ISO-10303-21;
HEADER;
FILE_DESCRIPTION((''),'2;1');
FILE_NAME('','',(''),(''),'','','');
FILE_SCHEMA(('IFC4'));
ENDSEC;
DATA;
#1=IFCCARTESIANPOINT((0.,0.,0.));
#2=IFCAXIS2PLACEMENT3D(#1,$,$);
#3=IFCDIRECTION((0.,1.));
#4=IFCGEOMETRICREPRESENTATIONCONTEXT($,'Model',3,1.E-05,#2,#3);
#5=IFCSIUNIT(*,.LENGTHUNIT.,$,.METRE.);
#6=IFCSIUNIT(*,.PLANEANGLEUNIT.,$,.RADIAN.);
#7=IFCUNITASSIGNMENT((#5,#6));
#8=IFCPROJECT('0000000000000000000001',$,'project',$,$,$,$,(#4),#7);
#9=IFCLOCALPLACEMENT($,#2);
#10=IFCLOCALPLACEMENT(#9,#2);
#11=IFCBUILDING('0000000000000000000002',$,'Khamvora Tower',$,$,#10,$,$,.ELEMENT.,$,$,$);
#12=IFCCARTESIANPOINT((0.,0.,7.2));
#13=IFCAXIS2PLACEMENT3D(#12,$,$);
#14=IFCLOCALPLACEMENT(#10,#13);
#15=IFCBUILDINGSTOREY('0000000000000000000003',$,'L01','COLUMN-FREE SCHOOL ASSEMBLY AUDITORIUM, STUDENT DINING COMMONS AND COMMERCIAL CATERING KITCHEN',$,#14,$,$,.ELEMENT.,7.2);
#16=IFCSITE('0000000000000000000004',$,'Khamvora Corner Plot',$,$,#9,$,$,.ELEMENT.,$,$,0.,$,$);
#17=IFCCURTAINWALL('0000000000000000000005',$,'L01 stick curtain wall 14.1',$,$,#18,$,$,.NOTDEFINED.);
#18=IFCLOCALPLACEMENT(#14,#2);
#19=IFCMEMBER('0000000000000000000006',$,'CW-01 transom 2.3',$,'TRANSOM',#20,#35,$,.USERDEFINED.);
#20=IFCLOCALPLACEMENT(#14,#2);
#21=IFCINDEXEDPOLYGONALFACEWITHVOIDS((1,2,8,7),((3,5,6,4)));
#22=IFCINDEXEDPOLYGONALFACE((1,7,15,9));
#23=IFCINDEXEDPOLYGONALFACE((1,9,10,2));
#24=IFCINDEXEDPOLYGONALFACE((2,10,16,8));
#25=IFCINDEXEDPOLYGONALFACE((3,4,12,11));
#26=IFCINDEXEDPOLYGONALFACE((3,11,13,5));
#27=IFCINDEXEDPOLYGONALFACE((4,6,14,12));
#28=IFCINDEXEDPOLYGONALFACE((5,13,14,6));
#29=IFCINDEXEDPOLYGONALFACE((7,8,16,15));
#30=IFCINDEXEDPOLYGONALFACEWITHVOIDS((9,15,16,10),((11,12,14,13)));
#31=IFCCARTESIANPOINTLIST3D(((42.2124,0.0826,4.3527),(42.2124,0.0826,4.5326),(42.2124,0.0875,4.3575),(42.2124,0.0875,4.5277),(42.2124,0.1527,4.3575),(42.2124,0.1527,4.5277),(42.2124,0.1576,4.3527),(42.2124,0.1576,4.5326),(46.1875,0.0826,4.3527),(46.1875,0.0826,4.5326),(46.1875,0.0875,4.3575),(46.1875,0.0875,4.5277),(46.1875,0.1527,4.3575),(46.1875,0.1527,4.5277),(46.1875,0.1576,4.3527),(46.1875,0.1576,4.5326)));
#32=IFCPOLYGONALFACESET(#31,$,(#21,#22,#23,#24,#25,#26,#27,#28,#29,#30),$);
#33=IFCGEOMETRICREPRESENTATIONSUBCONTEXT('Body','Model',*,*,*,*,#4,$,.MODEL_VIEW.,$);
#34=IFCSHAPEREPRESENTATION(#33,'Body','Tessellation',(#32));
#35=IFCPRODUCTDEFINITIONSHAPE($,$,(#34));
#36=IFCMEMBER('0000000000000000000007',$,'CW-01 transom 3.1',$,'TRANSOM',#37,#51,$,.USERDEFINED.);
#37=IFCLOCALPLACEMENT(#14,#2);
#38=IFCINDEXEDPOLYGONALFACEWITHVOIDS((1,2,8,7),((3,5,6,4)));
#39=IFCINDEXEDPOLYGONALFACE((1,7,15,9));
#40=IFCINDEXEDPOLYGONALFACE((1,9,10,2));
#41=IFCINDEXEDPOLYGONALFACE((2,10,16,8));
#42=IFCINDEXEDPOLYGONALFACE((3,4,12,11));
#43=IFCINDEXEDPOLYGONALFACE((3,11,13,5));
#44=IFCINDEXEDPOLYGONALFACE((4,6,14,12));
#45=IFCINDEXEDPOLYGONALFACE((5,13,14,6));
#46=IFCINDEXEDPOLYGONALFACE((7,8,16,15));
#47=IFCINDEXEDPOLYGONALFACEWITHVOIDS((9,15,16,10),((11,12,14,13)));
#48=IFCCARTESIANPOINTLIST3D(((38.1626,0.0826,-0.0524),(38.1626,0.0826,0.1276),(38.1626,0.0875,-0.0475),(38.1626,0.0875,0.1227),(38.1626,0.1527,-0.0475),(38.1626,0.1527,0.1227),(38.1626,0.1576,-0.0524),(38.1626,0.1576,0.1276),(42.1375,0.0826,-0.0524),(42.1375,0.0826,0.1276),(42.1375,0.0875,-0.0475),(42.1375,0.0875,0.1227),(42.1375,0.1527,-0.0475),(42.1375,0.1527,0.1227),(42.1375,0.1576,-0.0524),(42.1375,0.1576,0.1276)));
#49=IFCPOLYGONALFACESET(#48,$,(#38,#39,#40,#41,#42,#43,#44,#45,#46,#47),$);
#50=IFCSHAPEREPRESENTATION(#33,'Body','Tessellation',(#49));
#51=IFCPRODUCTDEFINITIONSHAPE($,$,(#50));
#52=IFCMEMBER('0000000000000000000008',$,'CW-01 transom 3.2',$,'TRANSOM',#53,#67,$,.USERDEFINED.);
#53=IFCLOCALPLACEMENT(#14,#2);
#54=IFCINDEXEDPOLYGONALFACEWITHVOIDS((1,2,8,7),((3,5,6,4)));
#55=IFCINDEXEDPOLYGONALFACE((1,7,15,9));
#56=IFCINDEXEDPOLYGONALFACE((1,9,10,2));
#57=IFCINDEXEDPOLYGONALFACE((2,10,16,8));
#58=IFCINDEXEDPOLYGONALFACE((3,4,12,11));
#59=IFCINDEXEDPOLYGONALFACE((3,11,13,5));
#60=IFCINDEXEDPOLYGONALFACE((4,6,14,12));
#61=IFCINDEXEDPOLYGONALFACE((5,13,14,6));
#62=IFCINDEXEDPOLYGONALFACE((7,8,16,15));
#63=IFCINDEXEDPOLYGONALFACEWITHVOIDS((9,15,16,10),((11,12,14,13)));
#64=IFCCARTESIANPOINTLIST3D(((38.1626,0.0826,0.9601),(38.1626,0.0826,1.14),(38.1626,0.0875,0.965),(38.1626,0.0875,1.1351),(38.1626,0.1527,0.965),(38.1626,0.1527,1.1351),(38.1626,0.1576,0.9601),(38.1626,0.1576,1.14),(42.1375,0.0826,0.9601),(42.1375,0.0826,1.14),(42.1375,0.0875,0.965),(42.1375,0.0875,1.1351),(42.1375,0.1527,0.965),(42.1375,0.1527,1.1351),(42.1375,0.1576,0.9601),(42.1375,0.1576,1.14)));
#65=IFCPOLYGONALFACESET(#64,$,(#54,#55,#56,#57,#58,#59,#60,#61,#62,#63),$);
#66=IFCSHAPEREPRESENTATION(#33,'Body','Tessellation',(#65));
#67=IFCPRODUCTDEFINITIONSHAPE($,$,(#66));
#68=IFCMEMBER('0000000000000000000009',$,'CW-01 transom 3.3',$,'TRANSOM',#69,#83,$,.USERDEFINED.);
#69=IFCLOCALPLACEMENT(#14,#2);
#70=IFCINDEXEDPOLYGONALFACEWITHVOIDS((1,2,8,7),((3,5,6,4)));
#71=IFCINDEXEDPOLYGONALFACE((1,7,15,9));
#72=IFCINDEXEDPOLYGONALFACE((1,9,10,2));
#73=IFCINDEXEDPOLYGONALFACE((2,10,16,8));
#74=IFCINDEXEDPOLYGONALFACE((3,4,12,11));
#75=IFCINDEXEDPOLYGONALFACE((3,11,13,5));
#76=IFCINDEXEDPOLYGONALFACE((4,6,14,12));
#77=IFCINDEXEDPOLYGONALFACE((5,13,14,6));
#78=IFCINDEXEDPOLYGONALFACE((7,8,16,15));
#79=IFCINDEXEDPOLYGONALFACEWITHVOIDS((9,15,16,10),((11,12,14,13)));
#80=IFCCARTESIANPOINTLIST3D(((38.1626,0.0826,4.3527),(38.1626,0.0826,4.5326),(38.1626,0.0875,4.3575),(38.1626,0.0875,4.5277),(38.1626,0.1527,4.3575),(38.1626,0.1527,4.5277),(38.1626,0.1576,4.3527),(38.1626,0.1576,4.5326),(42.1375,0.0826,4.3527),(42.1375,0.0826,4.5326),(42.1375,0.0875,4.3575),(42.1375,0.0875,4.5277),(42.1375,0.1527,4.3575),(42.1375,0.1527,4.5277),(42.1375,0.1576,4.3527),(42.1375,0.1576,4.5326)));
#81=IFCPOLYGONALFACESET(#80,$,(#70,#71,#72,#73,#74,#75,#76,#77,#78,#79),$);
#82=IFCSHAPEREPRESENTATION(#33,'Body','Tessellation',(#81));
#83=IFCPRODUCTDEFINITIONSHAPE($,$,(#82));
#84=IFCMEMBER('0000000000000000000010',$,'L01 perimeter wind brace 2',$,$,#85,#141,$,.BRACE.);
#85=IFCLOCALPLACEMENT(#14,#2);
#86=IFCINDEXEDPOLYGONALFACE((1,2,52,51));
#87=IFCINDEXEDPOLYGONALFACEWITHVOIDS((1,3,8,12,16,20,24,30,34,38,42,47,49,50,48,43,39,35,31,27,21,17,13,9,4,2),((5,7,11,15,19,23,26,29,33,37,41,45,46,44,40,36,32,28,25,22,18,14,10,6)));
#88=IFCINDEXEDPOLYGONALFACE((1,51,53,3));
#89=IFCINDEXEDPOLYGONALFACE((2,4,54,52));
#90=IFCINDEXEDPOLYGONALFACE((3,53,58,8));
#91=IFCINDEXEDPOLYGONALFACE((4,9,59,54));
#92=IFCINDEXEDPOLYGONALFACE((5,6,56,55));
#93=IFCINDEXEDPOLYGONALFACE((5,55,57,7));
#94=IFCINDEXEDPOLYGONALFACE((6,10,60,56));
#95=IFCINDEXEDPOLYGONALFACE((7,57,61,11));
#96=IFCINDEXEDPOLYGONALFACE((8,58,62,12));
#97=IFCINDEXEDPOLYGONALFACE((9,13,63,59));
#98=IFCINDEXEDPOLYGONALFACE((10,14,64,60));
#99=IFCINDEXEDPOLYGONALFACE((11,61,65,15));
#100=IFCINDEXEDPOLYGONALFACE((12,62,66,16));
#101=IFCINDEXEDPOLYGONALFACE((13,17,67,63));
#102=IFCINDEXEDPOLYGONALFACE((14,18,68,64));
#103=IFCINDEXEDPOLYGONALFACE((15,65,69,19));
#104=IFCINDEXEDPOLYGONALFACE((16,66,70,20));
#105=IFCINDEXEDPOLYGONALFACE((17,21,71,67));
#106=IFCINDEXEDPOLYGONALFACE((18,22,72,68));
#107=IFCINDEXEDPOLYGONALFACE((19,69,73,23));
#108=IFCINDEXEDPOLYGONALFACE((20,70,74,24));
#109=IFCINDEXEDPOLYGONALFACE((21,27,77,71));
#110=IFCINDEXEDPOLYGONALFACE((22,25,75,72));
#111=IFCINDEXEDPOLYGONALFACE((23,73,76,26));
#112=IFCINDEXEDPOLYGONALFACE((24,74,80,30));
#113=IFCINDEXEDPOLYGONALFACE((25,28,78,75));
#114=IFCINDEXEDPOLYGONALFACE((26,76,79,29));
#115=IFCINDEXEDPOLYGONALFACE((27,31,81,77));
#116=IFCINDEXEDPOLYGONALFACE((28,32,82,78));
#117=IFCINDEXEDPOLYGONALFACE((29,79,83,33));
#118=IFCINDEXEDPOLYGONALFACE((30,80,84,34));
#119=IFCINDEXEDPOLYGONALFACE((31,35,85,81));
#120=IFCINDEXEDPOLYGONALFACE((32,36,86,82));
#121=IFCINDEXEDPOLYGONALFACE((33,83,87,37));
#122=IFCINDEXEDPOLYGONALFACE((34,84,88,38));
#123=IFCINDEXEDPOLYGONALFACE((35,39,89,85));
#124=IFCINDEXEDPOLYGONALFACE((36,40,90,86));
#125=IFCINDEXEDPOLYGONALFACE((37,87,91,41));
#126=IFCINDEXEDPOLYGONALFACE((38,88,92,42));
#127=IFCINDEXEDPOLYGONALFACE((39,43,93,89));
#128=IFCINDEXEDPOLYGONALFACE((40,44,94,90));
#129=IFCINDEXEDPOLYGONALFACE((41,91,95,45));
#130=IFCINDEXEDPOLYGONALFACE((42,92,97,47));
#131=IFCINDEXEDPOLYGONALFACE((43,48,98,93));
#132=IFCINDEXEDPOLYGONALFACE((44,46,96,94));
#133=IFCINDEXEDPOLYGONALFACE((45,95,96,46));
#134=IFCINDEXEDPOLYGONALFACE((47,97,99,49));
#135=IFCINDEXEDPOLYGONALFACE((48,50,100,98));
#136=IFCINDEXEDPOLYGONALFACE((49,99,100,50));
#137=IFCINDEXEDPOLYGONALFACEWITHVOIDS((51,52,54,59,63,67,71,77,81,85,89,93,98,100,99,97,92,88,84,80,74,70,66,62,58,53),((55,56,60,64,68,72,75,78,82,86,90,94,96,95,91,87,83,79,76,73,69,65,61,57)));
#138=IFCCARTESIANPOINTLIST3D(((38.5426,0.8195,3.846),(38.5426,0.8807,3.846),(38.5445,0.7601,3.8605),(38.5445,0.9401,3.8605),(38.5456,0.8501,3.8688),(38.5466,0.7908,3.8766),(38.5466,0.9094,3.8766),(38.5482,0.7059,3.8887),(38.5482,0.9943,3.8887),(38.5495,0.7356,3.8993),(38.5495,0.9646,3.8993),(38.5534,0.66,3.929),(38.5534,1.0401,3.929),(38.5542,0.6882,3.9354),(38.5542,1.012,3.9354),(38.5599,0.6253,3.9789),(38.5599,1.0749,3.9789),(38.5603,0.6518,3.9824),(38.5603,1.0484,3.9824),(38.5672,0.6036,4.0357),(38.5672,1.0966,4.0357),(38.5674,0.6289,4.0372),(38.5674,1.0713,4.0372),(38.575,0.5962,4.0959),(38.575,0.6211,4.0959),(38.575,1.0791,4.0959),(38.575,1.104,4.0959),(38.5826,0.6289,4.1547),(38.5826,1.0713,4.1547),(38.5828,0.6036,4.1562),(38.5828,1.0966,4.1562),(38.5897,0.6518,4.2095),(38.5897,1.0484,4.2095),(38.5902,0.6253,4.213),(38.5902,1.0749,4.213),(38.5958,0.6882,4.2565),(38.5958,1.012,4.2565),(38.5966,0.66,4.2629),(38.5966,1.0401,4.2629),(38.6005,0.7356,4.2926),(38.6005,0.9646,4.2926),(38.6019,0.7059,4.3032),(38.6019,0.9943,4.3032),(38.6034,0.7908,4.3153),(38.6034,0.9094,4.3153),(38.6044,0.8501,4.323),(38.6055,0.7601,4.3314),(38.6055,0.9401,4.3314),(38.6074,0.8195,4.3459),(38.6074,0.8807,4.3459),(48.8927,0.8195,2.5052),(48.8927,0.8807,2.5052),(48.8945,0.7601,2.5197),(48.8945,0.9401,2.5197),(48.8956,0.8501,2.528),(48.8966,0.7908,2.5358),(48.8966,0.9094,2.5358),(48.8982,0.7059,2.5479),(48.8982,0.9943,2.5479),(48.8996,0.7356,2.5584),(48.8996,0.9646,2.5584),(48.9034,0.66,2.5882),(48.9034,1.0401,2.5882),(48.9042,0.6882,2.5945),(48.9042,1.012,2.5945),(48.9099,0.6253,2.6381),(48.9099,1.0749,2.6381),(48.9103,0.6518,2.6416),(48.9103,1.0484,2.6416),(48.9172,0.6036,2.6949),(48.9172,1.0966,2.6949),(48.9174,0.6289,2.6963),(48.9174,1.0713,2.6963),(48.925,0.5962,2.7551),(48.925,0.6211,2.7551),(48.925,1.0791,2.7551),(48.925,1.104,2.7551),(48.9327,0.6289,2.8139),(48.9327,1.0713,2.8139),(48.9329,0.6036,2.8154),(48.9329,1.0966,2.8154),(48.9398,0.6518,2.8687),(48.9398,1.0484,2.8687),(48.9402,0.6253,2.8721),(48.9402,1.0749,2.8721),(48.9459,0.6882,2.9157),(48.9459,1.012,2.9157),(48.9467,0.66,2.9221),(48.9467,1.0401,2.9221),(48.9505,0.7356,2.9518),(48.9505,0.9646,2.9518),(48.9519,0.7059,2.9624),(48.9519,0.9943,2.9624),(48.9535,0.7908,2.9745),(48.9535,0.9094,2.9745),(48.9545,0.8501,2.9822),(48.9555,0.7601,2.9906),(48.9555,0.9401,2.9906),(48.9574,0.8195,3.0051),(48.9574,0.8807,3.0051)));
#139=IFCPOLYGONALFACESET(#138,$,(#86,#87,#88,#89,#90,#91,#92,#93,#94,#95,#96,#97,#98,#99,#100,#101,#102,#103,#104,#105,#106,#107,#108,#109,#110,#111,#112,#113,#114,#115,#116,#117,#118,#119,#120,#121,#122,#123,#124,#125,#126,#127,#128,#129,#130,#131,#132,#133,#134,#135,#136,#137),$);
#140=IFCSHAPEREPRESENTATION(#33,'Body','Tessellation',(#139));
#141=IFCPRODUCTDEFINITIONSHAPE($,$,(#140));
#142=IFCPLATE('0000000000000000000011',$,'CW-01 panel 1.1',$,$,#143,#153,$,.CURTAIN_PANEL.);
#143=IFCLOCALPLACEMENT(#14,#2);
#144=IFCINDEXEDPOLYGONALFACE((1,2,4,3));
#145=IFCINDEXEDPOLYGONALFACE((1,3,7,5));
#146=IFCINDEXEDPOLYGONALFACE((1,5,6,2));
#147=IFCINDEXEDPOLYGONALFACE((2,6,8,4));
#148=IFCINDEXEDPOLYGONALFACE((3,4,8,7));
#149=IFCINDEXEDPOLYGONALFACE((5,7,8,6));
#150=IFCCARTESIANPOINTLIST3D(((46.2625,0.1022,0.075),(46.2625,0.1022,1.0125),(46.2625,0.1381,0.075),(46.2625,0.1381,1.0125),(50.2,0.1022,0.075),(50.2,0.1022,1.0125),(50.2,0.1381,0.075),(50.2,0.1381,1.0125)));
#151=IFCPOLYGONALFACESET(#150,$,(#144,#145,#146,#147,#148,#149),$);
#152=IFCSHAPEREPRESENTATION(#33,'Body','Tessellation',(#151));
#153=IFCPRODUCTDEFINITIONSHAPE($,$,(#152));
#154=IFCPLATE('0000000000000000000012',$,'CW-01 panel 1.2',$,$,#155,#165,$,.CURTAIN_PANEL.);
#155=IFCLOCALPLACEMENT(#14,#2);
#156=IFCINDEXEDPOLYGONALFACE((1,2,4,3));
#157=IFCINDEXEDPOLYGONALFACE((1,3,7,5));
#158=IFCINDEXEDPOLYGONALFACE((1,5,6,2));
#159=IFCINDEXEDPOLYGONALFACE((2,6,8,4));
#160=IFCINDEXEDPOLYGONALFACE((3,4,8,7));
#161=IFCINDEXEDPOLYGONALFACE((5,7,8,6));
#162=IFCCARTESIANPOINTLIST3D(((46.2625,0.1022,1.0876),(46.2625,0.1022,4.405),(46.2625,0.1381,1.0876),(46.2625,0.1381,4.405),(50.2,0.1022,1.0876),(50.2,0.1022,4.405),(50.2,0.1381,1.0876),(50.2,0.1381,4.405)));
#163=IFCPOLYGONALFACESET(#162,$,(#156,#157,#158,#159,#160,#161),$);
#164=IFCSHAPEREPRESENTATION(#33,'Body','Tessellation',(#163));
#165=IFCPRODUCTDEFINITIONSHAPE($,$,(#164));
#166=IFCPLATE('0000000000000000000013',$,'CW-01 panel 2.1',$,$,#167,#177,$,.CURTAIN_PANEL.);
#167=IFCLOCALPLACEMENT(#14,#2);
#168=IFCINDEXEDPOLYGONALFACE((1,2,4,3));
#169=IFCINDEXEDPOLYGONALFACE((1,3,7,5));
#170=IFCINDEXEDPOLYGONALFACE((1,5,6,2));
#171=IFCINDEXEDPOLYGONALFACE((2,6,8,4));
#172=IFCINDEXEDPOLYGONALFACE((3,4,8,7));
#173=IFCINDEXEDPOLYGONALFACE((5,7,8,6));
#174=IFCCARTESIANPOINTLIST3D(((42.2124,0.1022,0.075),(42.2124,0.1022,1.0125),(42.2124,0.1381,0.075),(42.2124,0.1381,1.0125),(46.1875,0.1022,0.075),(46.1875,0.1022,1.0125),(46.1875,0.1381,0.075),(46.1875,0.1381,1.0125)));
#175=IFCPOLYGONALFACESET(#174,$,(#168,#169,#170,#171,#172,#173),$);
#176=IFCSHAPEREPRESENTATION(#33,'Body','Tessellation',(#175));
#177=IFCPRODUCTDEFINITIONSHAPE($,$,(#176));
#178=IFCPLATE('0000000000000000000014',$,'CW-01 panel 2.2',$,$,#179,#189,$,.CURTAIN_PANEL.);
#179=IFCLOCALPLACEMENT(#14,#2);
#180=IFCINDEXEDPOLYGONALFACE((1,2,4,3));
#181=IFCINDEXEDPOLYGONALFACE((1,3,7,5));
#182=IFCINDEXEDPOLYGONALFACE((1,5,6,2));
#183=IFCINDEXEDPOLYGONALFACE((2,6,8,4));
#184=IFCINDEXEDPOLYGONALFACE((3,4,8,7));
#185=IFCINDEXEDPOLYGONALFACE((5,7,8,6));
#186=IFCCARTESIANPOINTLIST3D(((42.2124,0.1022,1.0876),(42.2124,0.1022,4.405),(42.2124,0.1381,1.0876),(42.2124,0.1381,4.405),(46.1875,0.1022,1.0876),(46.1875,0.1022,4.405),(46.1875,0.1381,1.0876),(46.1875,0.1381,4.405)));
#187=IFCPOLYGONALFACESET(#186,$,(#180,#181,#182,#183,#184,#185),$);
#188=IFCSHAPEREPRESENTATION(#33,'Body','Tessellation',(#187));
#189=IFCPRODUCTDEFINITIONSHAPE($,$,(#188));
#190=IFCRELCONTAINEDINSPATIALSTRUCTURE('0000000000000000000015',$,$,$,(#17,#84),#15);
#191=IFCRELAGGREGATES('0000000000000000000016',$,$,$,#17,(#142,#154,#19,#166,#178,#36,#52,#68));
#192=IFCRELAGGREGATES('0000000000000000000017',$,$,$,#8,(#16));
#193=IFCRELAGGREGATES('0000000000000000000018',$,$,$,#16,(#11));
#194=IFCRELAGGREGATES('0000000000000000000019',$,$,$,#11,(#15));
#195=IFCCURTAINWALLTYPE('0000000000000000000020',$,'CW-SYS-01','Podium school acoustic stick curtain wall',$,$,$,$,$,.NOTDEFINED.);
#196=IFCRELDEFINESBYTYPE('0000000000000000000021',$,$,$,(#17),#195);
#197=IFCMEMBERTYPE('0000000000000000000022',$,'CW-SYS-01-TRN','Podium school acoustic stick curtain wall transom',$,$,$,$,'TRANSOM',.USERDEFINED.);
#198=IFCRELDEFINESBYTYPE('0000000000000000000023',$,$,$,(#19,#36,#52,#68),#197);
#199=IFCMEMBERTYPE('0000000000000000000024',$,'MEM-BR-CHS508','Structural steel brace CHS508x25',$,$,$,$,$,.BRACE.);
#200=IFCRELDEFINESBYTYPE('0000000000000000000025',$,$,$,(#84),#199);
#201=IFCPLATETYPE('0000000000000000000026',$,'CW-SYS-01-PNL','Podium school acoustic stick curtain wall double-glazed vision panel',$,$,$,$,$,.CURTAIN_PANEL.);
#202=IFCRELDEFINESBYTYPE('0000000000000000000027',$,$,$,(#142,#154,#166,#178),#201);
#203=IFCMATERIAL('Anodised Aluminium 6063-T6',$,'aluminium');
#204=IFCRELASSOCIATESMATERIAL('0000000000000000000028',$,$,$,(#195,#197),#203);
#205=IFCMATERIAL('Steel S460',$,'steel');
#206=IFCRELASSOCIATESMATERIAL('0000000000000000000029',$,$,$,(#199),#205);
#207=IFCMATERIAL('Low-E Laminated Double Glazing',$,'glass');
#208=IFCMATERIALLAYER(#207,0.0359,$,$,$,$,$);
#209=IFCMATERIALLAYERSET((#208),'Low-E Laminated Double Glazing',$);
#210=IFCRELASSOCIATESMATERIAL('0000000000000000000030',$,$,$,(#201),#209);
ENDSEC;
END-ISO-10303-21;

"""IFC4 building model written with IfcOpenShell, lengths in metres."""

from ifc_helpers import new_model, si_unit, direction, frame, origin, origin_2d, place, context, subcontext, project, spatial, rectangle, hollow_rectangle, hollow_circle, extrude, material, layer, layer_set, material_profile, profile_set, type_object, element, aggregate, save


model = new_model("IFC4")

# Units and contexts
model_context = context("Model", 3, precision=1e-05, world=origin(), true_north=direction((0.0, 1.0)))
body_context = subcontext(model_context, "Body", "Model", "MODEL_VIEW")
ifc_project = project(units=[si_unit("LENGTHUNIT", "METRE"), si_unit("PLANEANGLEUNIT", "RADIAN")], contexts=[model_context])

# Site, building, storey
site_placement = place(None, origin())
site = spatial("IfcSite", under=ifc_project, at=site_placement, Name="Khamvora Corner Plot", CompositionType="ELEMENT", RefElevation=0.0)
building_placement = place(site_placement, origin())
building = spatial("IfcBuilding", under=site, at=building_placement, Name="Khamvora Tower", CompositionType="ELEMENT")
storey_placement = place(building_placement, frame((0.0, 0.0, 7.2)))
storey = spatial("IfcBuildingStorey", under=building, at=storey_placement, Name="L01", Description="COLUMN-FREE SCHOOL ASSEMBLY AUDITORIUM, STUDENT DINING COMMONS AND COMMERCIAL CATERING KITCHEN", CompositionType="ELEMENT", Elevation=7.2)

# Shared definitions
ifc_material_1 = material(Name="Steel S460", Category="steel")

# Curtain wall, members
ifc_material_2 = material(Name="Anodised Aluminium 6063-T6", Category="aluminium")
curtain_wall_type = type_object("IfcCurtainWallType", Name="CW-SYS-01", Description="Podium school acoustic stick curtain wall", PredefinedType="NOTDEFINED", material=ifc_material_2)
curtain_wall_placement = place(storey_placement, origin())
curtain_wall = element("IfcCurtainWall", 1, at=curtain_wall_placement, inside=storey, type_object=curtain_wall_type, Name="L01 stick curtain wall 14.1", PredefinedType="NOTDEFINED")
ifc_material_profile_1 = material_profile(ifc_material_2, hollow_rectangle(XDim=0.075, YDim=0.1799, WallThickness=0.0049, at=origin_2d()), Name="TRN75x180x5")
ifc_profile_set_1 = profile_set([ifc_material_profile_1], Name="Anodised Aluminium 6063-T6")
member_type_1 = type_object("IfcMemberType", Name="CW-SYS-01-TRN", Description="Podium school acoustic stick curtain wall transom", ElementType="TRANSOM", PredefinedType="USERDEFINED", material=ifc_profile_set_1)
member_1_placement = place(storey_placement, frame((46.1875, 0.1201, 4.4426), z_axis=(-1.0, 0.0, 0.0), x_axis=(0.0, -1.0, 0.0)))
member_1 = element("IfcMember", 2, at=member_1_placement, type_object=member_type_1, Name="CW-01 transom 2.3", ObjectType="TRANSOM", PredefinedType="USERDEFINED", context=body_context, shape_type="SweptSolid", body=[
    extrude(hollow_rectangle(XDim=0.075, YDim=0.1799, WallThickness=0.0049, at=origin_2d()), origin(), (0.0, 0.0, 1.0), 3.9751),
])
member_2_placement = place(storey_placement, frame((42.1375, 0.1201, 0.0376), z_axis=(-1.0, 0.0, 0.0), x_axis=(0.0, -1.0, 0.0)))
member_2 = element("IfcMember", 3, at=member_2_placement, type_object=member_type_1, Name="CW-01 transom 3.1", ObjectType="TRANSOM", PredefinedType="USERDEFINED", context=body_context, shape_type="SweptSolid", body=[
    extrude(hollow_rectangle(XDim=0.075, YDim=0.1799, WallThickness=0.0049, at=origin_2d()), origin(), (0.0, 0.0, 1.0), 3.9749),
])
member_3_placement = place(storey_placement, frame((42.1375, 0.1201, 1.05), z_axis=(-1.0, 0.0, 0.0), x_axis=(0.0, -1.0, 0.0)))
member_3 = element("IfcMember", 4, at=member_3_placement, type_object=member_type_1, Name="CW-01 transom 3.2", ObjectType="TRANSOM", PredefinedType="USERDEFINED", context=body_context, shape_type="SweptSolid", body=[
    extrude(hollow_rectangle(XDim=0.075, YDim=0.1799, WallThickness=0.0049, at=origin_2d()), origin(), (0.0, 0.0, 1.0), 3.9749),
])
member_4_placement = place(storey_placement, frame((42.1375, 0.1201, 4.4426), z_axis=(-1.0, 0.0, 0.0), x_axis=(0.0, -1.0, 0.0)))
member_4 = element("IfcMember", 5, at=member_4_placement, type_object=member_type_1, Name="CW-01 transom 3.3", ObjectType="TRANSOM", PredefinedType="USERDEFINED", context=body_context, shape_type="SweptSolid", body=[
    extrude(hollow_rectangle(XDim=0.075, YDim=0.1799, WallThickness=0.0049, at=origin_2d()), origin(), (0.0, 0.0, 1.0), 3.9749),
])

# Member
ifc_material_profile_2 = material_profile(ifc_material_1, hollow_circle(Radius=0.2539, WallThickness=0.0249, at=origin_2d()), Name="CHS508x25")
ifc_profile_set_2 = profile_set([ifc_material_profile_2], Name="Steel S460")
member_type_2 = type_object("IfcMemberType", Name="MEM-BR-CHS508", Description="Structural steel brace CHS508x25", PredefinedType="BRACE", material=ifc_profile_set_2)
member_5_placement = place(storey_placement, frame((48.925, 0.8501, 2.7551), z_axis=(-0.991713, 0.0, 0.128473), x_axis=(0.0, -1.0, 0.0)))
element("IfcMember", 6, at=member_5_placement, inside=storey, type_object=member_type_2, Name="L01 perimeter wind brace 2", PredefinedType="BRACE", context=body_context, shape_type="SweptSolid", body=[
    extrude(hollow_circle(Radius=0.2539, WallThickness=0.0249, at=origin_2d()), origin(), (0.0, 0.0, 1.0), 10.4365),
])

# Plates
ifc_material_3 = material(Name="Low-E Laminated Double Glazing", Category="glass")
ifc_layer_1 = layer(ifc_material_3, 0.0359)
ifc_layer_set_1 = layer_set([ifc_layer_1], Name="Low-E Laminated Double Glazing")
plate_type_1 = type_object("IfcPlateType", Name="CW-SYS-01-PNL", Description="Podium school acoustic stick curtain wall double-glazed vision panel", PredefinedType="CURTAIN_PANEL", material=ifc_layer_set_1)
plate_1_placement = place(storey_placement, frame((48.2312, 0.1201, 0.075), z_axis=(0.0, 0.0, 1.0), x_axis=(-1.0, 0.0, 0.0)))
plate_1 = element("IfcPlate", 7, at=plate_1_placement, type_object=plate_type_1, Name="CW-01 panel 1.1", PredefinedType="CURTAIN_PANEL", context=body_context, shape_type="SweptSolid", body=[
    extrude(rectangle(XDim=3.9375, YDim=0.0359, at=origin_2d()), origin(), (0.0, 0.0, 1.0), 0.9375),
])
plate_2_placement = place(storey_placement, frame((48.2312, 0.1201, 1.0876), z_axis=(0.0, 0.0, 1.0), x_axis=(-1.0, 0.0, 0.0)))
plate_2 = element("IfcPlate", 8, at=plate_2_placement, type_object=plate_type_1, Name="CW-01 panel 1.2", PredefinedType="CURTAIN_PANEL", context=body_context, shape_type="SweptSolid", body=[
    extrude(rectangle(XDim=3.9375, YDim=0.0359, at=origin_2d()), origin(), (0.0, 0.0, 1.0), 3.3174),
])
plate_3_placement = place(storey_placement, frame((44.2, 0.1201, 0.075), z_axis=(0.0, 0.0, 1.0), x_axis=(-1.0, 0.0, 0.0)))
plate_3 = element("IfcPlate", 9, at=plate_3_placement, type_object=plate_type_1, Name="CW-01 panel 2.1", PredefinedType="CURTAIN_PANEL", context=body_context, shape_type="SweptSolid", body=[
    extrude(rectangle(XDim=3.9751, YDim=0.0359, at=origin_2d()), origin(), (0.0, 0.0, 1.0), 0.9375),
])
plate_4_placement = place(storey_placement, frame((44.2, 0.1201, 1.0876), z_axis=(0.0, 0.0, 1.0), x_axis=(-1.0, 0.0, 0.0)))
plate_4 = element("IfcPlate", 10, at=plate_4_placement, type_object=plate_type_1, Name="CW-01 panel 2.2", PredefinedType="CURTAIN_PANEL", context=body_context, shape_type="SweptSolid", body=[
    extrude(rectangle(XDim=3.9751, YDim=0.0359, at=origin_2d()), origin(), (0.0, 0.0, 1.0), 3.3174),
])
aggregate(curtain_wall, [plate_1, plate_2, member_1, plate_3, plate_4, member_2, member_3, member_4])

save(model, "model.ifc")
